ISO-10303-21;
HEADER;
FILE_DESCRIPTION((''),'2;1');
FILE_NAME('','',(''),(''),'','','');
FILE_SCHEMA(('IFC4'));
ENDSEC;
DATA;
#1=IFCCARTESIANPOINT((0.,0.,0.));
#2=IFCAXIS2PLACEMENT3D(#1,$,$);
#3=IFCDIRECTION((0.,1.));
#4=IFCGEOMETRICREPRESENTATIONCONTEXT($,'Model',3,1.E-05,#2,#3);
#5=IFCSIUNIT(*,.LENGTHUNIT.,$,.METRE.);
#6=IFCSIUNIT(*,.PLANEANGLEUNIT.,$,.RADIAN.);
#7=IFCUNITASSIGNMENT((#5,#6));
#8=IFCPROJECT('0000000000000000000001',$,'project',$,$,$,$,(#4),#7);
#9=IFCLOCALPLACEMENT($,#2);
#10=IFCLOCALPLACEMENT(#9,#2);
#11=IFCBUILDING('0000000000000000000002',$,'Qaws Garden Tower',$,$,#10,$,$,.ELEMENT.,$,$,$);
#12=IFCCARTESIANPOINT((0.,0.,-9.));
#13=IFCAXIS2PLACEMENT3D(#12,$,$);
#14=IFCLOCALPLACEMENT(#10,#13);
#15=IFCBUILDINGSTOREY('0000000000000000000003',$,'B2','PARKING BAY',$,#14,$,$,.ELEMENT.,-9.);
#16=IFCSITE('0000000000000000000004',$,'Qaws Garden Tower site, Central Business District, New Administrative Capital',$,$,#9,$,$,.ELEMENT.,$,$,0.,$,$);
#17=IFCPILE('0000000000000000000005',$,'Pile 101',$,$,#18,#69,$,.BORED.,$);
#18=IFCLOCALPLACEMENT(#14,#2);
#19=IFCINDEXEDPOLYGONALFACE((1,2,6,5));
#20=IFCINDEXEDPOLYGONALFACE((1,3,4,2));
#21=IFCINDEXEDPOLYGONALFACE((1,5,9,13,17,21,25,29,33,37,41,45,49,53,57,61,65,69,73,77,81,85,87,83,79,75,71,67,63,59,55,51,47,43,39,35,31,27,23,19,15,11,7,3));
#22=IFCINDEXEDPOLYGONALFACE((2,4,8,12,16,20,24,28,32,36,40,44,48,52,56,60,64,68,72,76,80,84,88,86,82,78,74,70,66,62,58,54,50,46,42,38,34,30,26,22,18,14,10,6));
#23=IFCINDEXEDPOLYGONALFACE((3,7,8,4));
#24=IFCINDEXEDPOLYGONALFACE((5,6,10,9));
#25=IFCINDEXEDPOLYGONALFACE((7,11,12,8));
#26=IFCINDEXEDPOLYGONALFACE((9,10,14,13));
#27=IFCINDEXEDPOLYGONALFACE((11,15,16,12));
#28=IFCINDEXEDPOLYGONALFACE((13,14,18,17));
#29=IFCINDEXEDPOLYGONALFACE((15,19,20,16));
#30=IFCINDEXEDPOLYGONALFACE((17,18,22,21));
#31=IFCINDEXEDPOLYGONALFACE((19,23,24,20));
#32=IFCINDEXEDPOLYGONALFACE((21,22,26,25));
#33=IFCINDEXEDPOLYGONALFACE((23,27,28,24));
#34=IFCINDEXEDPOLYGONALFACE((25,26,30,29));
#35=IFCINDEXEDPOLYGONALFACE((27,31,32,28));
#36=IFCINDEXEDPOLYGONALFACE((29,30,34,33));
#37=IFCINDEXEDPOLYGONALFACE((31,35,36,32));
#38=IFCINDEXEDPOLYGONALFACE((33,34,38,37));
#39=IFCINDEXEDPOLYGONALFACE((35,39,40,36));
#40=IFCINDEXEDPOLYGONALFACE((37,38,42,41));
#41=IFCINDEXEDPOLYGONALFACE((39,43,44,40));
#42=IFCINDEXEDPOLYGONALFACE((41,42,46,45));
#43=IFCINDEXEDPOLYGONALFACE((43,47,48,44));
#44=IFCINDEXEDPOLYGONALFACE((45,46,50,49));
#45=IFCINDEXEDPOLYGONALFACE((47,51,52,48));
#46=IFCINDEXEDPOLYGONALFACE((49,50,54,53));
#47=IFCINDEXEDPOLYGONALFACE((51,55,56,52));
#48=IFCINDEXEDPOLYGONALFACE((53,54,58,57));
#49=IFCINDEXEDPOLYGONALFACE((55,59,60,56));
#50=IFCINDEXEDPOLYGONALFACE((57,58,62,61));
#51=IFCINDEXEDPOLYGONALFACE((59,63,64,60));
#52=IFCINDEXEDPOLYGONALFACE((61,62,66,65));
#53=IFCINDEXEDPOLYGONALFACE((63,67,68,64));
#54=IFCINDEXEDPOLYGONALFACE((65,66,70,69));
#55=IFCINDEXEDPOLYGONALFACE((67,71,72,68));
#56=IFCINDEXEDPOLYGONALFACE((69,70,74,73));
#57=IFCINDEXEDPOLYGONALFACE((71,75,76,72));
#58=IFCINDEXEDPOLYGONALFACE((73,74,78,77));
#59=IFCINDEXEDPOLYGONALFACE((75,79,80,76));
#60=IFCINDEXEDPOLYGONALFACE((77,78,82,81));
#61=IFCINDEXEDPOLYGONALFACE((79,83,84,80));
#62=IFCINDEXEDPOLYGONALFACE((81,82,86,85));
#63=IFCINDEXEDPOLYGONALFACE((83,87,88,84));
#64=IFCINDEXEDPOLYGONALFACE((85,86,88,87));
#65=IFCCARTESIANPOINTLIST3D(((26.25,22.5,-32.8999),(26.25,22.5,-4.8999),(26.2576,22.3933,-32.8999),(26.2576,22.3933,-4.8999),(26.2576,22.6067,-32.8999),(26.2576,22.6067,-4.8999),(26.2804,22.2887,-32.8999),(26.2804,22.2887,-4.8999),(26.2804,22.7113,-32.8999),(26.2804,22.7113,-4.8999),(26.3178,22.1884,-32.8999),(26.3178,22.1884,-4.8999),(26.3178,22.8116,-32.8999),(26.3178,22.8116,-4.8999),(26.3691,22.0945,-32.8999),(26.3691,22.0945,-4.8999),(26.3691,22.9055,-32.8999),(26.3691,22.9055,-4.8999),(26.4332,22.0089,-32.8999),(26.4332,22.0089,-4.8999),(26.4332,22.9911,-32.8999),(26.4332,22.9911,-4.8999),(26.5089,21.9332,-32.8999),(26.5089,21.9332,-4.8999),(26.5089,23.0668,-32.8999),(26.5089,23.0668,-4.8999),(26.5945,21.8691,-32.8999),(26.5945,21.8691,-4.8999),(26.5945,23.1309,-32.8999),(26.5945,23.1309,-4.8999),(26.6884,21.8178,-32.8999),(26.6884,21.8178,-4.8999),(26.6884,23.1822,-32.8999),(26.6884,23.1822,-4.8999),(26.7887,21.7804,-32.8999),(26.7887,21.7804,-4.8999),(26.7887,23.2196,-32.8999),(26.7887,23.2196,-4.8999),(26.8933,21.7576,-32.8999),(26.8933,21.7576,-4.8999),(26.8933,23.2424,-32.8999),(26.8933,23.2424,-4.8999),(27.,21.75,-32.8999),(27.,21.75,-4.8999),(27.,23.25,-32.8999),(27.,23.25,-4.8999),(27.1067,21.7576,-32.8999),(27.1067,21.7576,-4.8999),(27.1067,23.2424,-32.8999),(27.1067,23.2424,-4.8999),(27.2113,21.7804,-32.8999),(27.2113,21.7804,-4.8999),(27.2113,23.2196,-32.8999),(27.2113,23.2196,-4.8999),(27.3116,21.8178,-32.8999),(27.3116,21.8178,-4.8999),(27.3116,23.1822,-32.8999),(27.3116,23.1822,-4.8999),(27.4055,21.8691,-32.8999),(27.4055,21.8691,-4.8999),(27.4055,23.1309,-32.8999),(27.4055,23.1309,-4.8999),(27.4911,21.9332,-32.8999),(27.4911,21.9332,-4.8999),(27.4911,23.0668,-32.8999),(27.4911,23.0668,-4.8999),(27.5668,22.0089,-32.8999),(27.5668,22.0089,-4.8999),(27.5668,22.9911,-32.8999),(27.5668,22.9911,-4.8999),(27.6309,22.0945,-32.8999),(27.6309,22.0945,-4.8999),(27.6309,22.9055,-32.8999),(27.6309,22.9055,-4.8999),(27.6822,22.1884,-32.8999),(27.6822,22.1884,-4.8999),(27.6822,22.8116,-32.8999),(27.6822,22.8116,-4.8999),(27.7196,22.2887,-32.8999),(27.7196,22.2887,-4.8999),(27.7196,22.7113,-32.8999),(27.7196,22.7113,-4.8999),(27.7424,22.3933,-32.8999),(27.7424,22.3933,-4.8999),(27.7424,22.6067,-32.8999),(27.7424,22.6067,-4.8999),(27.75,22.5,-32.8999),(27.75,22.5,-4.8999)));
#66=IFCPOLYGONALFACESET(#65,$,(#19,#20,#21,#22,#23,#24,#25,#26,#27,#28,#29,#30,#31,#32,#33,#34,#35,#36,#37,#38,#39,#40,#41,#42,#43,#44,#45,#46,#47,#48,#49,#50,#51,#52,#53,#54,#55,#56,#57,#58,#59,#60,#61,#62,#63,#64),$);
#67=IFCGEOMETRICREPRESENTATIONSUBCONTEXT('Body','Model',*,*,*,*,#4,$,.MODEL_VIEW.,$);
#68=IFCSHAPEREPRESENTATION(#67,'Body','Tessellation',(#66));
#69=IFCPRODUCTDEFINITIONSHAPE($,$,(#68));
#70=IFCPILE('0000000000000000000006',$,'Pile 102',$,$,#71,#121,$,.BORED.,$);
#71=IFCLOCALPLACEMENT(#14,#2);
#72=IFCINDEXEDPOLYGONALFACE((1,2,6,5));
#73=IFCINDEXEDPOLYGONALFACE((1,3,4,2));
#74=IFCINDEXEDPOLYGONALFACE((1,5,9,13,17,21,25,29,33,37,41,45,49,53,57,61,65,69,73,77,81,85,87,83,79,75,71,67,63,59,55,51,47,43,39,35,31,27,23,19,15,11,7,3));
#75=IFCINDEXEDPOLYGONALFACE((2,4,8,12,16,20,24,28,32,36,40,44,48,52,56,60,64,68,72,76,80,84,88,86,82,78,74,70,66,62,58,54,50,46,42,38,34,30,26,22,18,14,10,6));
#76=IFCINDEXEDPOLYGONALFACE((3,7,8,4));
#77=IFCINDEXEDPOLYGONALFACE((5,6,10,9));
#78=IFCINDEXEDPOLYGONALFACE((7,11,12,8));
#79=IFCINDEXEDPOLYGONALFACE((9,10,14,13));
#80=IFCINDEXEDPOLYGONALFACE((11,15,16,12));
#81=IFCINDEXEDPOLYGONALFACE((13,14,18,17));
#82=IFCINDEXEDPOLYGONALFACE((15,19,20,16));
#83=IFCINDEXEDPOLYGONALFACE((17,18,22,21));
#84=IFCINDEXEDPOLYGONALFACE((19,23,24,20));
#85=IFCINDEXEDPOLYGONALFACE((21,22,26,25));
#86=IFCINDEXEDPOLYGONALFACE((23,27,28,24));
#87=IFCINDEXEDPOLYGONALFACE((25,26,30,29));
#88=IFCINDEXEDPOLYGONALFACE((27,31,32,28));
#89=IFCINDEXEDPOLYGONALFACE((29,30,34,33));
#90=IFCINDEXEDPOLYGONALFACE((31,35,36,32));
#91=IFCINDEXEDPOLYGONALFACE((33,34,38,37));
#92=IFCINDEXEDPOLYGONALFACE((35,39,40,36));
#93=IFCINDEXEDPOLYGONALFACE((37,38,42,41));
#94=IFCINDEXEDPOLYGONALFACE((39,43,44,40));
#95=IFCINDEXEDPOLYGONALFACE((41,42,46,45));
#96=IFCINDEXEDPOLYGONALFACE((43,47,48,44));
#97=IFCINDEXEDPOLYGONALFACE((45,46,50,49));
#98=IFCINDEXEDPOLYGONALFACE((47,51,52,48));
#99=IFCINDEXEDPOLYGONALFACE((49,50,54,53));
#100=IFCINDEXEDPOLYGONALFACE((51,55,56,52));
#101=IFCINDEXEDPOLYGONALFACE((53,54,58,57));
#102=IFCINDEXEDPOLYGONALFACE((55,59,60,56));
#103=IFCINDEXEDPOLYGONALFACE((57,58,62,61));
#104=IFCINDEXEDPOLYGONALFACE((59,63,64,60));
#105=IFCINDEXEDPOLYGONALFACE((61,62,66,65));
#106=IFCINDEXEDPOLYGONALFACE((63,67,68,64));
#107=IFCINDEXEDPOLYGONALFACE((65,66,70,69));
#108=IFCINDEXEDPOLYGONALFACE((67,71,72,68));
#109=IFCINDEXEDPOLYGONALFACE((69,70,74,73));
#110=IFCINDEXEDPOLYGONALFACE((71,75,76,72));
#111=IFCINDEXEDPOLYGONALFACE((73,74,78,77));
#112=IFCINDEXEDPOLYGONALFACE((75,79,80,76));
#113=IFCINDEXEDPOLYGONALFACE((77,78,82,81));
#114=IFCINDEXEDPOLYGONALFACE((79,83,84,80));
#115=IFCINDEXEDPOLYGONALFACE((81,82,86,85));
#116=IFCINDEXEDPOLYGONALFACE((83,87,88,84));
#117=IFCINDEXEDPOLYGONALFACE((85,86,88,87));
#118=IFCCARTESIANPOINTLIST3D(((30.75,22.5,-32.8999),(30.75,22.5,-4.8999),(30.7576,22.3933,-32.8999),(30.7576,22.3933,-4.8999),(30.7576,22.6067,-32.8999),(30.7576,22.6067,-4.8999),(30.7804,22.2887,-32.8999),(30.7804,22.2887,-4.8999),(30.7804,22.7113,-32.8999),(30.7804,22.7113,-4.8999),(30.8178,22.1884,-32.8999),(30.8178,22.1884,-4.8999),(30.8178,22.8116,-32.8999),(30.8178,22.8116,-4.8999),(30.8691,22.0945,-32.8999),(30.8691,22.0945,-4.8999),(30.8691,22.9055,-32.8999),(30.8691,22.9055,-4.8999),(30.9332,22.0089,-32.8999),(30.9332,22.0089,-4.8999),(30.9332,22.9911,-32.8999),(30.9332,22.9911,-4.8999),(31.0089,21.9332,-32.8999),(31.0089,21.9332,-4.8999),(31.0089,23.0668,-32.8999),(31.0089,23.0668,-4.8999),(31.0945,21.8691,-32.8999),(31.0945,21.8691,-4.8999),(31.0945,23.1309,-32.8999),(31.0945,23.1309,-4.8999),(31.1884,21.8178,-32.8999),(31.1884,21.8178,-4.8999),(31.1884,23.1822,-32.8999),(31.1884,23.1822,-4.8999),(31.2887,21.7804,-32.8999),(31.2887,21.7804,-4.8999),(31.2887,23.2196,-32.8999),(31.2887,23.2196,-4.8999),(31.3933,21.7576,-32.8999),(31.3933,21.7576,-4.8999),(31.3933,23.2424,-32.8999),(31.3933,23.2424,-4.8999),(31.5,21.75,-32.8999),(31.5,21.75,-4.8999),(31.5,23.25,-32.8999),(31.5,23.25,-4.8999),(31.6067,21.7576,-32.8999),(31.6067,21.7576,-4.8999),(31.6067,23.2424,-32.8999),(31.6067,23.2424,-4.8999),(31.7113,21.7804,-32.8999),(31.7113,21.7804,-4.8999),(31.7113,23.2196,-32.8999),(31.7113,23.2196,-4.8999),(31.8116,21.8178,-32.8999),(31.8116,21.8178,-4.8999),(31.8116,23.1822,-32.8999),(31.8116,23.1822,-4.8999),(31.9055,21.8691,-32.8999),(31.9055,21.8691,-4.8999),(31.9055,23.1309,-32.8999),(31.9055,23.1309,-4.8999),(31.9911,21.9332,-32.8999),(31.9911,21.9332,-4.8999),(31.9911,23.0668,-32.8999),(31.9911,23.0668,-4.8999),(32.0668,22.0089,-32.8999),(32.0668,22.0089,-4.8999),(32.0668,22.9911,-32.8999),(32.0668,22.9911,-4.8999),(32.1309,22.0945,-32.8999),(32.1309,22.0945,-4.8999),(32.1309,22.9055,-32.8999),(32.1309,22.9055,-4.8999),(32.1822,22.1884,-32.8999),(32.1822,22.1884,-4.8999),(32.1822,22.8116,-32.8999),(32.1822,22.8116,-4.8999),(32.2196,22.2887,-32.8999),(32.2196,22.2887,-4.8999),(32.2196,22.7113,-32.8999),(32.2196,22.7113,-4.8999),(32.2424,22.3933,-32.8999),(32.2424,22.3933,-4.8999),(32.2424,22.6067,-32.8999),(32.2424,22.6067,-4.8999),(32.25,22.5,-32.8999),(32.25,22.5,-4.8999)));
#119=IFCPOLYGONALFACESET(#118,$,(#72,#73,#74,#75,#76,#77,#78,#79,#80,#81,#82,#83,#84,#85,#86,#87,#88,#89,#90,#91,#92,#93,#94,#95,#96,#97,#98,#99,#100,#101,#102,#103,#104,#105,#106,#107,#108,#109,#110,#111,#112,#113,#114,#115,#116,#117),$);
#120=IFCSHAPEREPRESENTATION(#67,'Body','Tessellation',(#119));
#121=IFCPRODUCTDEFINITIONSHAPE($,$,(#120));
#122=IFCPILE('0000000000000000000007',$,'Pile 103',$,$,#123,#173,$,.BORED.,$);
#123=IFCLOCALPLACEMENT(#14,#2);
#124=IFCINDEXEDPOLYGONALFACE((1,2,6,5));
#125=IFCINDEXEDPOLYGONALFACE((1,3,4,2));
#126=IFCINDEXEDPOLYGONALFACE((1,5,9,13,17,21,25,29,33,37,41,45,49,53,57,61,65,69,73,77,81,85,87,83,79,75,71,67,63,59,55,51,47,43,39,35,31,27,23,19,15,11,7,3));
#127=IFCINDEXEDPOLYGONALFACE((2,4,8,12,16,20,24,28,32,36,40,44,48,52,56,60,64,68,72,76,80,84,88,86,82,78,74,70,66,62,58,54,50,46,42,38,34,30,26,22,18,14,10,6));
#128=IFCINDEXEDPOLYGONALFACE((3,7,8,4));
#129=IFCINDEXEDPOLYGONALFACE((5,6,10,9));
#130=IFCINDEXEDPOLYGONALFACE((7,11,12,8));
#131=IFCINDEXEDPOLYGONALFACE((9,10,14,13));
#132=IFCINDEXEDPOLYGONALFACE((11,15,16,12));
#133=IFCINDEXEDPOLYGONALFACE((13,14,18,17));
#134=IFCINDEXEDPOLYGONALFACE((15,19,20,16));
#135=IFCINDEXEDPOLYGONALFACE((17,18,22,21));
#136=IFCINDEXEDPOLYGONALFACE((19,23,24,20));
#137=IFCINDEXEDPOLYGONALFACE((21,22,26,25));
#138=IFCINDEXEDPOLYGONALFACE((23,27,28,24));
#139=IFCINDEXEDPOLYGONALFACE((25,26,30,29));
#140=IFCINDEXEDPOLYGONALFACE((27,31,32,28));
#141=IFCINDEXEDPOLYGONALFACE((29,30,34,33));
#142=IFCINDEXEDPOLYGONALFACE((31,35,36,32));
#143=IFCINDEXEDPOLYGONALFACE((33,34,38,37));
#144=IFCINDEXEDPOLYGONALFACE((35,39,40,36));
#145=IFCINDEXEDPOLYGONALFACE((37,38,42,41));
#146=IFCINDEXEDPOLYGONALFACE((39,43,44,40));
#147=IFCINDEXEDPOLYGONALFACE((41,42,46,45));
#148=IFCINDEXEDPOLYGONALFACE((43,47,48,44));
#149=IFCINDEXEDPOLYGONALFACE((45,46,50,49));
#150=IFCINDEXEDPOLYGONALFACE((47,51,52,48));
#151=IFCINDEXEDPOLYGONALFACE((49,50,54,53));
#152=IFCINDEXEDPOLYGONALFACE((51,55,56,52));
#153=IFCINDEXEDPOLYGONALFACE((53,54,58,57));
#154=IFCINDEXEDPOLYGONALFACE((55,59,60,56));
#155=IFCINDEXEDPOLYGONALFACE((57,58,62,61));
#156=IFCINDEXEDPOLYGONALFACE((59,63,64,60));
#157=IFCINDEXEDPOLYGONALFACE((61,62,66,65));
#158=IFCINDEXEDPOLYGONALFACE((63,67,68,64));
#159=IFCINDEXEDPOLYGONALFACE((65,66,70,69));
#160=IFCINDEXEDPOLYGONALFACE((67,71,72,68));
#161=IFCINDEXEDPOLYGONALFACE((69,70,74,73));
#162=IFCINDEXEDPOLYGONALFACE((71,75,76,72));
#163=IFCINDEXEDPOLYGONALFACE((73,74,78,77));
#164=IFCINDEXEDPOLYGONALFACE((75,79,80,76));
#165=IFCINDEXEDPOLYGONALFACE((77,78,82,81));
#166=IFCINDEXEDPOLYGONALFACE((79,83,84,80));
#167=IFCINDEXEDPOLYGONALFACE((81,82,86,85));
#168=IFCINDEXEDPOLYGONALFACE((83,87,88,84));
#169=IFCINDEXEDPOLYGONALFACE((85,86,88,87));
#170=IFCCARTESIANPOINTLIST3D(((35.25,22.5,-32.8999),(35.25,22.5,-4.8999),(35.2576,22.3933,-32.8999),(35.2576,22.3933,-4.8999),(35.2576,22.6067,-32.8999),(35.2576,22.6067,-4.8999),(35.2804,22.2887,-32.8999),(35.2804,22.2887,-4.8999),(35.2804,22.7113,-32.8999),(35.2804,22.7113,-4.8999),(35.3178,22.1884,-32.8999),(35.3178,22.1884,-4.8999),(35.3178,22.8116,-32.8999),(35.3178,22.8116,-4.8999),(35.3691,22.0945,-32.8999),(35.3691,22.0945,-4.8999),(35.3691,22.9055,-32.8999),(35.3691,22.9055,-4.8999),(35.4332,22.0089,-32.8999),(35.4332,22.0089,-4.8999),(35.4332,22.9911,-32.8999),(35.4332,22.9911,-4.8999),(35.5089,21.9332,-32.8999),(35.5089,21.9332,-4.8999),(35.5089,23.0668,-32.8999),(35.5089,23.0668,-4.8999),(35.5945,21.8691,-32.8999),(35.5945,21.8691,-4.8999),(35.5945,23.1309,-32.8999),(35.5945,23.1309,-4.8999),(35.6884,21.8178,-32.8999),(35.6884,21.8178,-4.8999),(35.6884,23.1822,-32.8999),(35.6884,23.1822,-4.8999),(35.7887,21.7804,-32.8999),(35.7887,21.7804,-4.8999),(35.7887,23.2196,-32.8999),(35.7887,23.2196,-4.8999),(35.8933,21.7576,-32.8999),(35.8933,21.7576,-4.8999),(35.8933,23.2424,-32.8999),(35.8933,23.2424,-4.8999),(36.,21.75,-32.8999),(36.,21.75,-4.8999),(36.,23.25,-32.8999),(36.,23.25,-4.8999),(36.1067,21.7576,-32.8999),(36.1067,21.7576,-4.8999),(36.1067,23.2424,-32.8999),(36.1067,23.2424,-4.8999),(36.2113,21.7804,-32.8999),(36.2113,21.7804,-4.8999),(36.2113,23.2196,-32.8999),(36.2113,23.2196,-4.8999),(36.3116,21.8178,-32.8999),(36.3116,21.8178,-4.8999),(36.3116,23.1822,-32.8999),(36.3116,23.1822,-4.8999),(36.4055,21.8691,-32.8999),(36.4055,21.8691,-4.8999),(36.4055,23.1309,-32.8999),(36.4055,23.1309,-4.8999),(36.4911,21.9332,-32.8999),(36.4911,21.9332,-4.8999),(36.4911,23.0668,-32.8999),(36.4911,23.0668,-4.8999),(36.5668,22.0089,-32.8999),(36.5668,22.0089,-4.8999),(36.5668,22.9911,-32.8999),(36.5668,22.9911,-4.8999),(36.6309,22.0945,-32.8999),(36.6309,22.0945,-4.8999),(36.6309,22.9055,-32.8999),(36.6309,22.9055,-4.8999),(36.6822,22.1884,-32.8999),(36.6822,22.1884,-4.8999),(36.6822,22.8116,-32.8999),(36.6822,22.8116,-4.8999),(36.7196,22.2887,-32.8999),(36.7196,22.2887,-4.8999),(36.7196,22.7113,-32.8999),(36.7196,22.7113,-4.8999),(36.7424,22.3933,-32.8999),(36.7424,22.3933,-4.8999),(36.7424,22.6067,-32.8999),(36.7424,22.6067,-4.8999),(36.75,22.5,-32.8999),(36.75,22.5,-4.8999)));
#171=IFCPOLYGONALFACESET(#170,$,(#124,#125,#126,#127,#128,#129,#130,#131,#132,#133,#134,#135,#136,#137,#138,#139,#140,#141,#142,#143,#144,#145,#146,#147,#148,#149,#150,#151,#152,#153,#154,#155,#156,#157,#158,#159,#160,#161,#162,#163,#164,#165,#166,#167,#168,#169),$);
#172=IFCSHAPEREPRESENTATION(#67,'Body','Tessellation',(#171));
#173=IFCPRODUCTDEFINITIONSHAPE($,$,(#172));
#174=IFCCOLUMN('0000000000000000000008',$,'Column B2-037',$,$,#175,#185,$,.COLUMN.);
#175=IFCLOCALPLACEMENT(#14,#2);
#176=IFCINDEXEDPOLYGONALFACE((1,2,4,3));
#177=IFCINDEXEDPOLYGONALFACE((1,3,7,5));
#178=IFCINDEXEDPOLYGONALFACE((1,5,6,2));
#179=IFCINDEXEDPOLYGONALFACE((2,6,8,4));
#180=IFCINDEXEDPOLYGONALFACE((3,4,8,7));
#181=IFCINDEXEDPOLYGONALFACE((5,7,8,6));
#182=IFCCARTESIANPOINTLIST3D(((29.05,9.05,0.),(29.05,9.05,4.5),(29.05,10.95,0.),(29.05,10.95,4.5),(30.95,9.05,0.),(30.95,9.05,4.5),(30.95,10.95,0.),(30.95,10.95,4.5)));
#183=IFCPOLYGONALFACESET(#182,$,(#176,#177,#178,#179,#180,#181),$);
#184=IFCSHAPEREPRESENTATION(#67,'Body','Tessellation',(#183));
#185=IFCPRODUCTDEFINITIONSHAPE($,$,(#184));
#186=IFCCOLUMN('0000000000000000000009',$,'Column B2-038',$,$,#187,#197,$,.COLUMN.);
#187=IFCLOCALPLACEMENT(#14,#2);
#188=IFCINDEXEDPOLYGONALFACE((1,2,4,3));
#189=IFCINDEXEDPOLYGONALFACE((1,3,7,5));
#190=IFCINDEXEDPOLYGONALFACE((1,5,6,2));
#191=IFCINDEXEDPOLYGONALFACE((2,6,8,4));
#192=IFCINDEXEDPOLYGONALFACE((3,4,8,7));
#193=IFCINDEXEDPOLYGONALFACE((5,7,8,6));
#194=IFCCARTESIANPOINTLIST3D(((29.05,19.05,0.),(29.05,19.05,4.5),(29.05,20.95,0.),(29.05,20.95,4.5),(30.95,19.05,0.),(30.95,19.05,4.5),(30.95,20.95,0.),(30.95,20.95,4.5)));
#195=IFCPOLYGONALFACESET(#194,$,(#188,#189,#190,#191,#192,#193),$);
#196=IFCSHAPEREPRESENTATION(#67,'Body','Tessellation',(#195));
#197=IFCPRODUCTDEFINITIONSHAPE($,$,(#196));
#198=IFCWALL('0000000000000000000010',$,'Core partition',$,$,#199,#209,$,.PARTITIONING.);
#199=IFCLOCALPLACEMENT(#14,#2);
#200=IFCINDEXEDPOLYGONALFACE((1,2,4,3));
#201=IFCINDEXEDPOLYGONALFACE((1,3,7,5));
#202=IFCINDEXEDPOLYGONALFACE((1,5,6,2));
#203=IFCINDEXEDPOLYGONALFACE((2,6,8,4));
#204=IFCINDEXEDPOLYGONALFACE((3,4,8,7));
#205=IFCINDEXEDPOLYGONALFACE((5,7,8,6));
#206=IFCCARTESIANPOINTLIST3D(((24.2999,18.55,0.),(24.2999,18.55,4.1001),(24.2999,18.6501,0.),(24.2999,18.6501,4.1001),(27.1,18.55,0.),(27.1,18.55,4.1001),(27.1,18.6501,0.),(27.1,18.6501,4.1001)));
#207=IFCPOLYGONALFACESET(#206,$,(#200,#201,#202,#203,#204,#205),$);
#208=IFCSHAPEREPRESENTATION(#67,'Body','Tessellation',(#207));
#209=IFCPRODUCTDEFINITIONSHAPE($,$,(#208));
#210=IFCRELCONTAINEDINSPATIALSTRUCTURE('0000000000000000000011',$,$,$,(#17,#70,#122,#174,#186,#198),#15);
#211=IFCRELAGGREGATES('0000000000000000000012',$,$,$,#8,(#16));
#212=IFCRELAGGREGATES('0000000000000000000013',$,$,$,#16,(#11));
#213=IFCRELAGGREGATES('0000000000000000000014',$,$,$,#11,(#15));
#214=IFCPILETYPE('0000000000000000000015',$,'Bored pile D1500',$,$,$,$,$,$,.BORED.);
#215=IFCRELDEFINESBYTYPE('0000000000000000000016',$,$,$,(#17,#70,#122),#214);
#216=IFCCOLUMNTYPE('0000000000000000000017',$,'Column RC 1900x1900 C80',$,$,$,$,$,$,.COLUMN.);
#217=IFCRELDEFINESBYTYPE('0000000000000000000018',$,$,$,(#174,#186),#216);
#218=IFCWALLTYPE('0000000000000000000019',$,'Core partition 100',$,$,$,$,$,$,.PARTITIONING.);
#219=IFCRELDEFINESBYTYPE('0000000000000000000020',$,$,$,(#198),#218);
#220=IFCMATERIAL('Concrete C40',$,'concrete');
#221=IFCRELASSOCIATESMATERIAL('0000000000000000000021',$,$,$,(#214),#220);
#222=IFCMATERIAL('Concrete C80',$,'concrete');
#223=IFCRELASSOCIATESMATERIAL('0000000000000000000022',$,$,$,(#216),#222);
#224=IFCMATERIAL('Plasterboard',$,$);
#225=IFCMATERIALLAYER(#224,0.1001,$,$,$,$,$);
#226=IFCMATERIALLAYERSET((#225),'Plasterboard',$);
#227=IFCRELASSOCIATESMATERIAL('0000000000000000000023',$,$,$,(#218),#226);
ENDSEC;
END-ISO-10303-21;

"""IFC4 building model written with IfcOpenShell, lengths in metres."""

from ifc_helpers import new_model, si_unit, direction, frame, frame_2d, origin, origin_2d, place, context, subcontext, project, spatial, rectangle, circle, extrude, material, layer, layer_set, material_profile, profile_set, type_object, element, save


model = new_model("IFC4")

# Units and contexts
model_context = context("Model", 3, precision=1e-05, world=origin(), true_north=direction((0.0, 1.0)))
body_context = subcontext(model_context, "Body", "Model", "MODEL_VIEW")
ifc_project = project(units=[si_unit("LENGTHUNIT", "METRE"), si_unit("PLANEANGLEUNIT", "RADIAN")], contexts=[model_context])

# Site, building, storey
site_placement = place(None, origin())
site = spatial("IfcSite", under=ifc_project, at=site_placement, Name="Qaws Garden Tower site, Central Business District, New Administrative Capital", CompositionType="ELEMENT", RefElevation=0.0)
building_placement = place(site_placement, origin())
building = spatial("IfcBuilding", under=site, at=building_placement, Name="Qaws Garden Tower", CompositionType="ELEMENT")
storey_placement = place(building_placement, frame((0.0, 0.0, -9.0)))
storey = spatial("IfcBuildingStorey", under=building, at=storey_placement, Name="B2", Description="PARKING BAY", CompositionType="ELEMENT", Elevation=-9.0)

# Piles
ifc_material_1 = material(Name="Concrete C40", Category="concrete")
ifc_material_profile_1 = material_profile(ifc_material_1, circle(Radius=0.75, at=origin_2d()), Name="Bored pile D1500")
ifc_profile_set_1 = profile_set([ifc_material_profile_1], Name="Concrete C40")
pile_type = type_object("IfcPileType", Name="Bored pile D1500", PredefinedType="BORED", material=ifc_profile_set_1)
for number, where, z_axis, x_axis, name in (
    (1, (27.0, 22.5, -4.8999), (0.0, 0.0, -1.0), (1.0, 0.0, 0.0), "Pile 101"),
    (2, (31.5, 22.5, -4.8999), (0.0, 0.0, -1.0), (1.0, 0.0, 0.0), "Pile 102"),
    (3, (36.0, 22.5, -4.8999), (0.0, 0.0, -1.0), (1.0, 0.0, 0.0), "Pile 103"),
):
    element("IfcPile", number, at=place(storey_placement, frame(where, z_axis=z_axis, x_axis=x_axis)), inside=storey, type_object=pile_type, Name=name, PredefinedType="BORED", context=body_context, shape_type="SweptSolid", body=[
        extrude(circle(Radius=0.75, at=origin_2d()), origin(), (0.0, 0.0, 1.0), 28.0),
    ])

# Columns
ifc_material_2 = material(Name="Concrete C80", Category="concrete")
ifc_material_profile_2 = material_profile(ifc_material_2, rectangle(XDim=1.8999, YDim=1.8999, at=origin_2d()), Name="RC 1900x1900")
ifc_profile_set_2 = profile_set([ifc_material_profile_2], Name="Concrete C80")
column_type = type_object("IfcColumnType", Name="Column RC 1900x1900 C80", PredefinedType="COLUMN", material=ifc_profile_set_2)
for number, where, z_axis, x_axis, name in (
    (4, (30.0, 10.0, 0.0), (0.0, 0.0, 1.0), (1.0, 0.0, 0.0), "Column B2-037"),
    (5, (30.0, 20.0, 0.0), (0.0, 0.0, 1.0), (1.0, 0.0, 0.0), "Column B2-038"),
):
    element("IfcColumn", number, at=place(storey_placement, frame(where, z_axis=z_axis, x_axis=x_axis)), inside=storey, type_object=column_type, Name=name, PredefinedType="COLUMN", context=body_context, shape_type="SweptSolid", body=[
        extrude(rectangle(XDim=1.8999, YDim=1.8999, at=origin_2d()), origin(), (0.0, 0.0, 1.0), 4.5),
    ])

# Wall
ifc_material_3 = material(Name="Plasterboard")
ifc_layer_1 = layer(ifc_material_3, 0.1001)
ifc_layer_set_1 = layer_set([ifc_layer_1], Name="Plasterboard")
wall_type_1 = type_object("IfcWallType", Name="Core partition 100", PredefinedType="PARTITIONING", material=ifc_layer_set_1)
wall_1_placement = place(storey_placement, frame((24.3, 18.6001, 0.0), z_axis=(0.0, 0.0, 1.0), x_axis=(1.0, 0.0, 0.0)))
element("IfcWall", 6, at=wall_1_placement, inside=storey, type_object=wall_type_1, Name="Core partition", PredefinedType="PARTITIONING", context=body_context, shape_type="SweptSolid", body=[
    extrude(rectangle(XDim=2.8, YDim=0.1001, at=frame_2d((1.3999, 0.0))), origin(), (0.0, 0.0, 1.0), 4.1001),
])

save(model, "model.ifc")
